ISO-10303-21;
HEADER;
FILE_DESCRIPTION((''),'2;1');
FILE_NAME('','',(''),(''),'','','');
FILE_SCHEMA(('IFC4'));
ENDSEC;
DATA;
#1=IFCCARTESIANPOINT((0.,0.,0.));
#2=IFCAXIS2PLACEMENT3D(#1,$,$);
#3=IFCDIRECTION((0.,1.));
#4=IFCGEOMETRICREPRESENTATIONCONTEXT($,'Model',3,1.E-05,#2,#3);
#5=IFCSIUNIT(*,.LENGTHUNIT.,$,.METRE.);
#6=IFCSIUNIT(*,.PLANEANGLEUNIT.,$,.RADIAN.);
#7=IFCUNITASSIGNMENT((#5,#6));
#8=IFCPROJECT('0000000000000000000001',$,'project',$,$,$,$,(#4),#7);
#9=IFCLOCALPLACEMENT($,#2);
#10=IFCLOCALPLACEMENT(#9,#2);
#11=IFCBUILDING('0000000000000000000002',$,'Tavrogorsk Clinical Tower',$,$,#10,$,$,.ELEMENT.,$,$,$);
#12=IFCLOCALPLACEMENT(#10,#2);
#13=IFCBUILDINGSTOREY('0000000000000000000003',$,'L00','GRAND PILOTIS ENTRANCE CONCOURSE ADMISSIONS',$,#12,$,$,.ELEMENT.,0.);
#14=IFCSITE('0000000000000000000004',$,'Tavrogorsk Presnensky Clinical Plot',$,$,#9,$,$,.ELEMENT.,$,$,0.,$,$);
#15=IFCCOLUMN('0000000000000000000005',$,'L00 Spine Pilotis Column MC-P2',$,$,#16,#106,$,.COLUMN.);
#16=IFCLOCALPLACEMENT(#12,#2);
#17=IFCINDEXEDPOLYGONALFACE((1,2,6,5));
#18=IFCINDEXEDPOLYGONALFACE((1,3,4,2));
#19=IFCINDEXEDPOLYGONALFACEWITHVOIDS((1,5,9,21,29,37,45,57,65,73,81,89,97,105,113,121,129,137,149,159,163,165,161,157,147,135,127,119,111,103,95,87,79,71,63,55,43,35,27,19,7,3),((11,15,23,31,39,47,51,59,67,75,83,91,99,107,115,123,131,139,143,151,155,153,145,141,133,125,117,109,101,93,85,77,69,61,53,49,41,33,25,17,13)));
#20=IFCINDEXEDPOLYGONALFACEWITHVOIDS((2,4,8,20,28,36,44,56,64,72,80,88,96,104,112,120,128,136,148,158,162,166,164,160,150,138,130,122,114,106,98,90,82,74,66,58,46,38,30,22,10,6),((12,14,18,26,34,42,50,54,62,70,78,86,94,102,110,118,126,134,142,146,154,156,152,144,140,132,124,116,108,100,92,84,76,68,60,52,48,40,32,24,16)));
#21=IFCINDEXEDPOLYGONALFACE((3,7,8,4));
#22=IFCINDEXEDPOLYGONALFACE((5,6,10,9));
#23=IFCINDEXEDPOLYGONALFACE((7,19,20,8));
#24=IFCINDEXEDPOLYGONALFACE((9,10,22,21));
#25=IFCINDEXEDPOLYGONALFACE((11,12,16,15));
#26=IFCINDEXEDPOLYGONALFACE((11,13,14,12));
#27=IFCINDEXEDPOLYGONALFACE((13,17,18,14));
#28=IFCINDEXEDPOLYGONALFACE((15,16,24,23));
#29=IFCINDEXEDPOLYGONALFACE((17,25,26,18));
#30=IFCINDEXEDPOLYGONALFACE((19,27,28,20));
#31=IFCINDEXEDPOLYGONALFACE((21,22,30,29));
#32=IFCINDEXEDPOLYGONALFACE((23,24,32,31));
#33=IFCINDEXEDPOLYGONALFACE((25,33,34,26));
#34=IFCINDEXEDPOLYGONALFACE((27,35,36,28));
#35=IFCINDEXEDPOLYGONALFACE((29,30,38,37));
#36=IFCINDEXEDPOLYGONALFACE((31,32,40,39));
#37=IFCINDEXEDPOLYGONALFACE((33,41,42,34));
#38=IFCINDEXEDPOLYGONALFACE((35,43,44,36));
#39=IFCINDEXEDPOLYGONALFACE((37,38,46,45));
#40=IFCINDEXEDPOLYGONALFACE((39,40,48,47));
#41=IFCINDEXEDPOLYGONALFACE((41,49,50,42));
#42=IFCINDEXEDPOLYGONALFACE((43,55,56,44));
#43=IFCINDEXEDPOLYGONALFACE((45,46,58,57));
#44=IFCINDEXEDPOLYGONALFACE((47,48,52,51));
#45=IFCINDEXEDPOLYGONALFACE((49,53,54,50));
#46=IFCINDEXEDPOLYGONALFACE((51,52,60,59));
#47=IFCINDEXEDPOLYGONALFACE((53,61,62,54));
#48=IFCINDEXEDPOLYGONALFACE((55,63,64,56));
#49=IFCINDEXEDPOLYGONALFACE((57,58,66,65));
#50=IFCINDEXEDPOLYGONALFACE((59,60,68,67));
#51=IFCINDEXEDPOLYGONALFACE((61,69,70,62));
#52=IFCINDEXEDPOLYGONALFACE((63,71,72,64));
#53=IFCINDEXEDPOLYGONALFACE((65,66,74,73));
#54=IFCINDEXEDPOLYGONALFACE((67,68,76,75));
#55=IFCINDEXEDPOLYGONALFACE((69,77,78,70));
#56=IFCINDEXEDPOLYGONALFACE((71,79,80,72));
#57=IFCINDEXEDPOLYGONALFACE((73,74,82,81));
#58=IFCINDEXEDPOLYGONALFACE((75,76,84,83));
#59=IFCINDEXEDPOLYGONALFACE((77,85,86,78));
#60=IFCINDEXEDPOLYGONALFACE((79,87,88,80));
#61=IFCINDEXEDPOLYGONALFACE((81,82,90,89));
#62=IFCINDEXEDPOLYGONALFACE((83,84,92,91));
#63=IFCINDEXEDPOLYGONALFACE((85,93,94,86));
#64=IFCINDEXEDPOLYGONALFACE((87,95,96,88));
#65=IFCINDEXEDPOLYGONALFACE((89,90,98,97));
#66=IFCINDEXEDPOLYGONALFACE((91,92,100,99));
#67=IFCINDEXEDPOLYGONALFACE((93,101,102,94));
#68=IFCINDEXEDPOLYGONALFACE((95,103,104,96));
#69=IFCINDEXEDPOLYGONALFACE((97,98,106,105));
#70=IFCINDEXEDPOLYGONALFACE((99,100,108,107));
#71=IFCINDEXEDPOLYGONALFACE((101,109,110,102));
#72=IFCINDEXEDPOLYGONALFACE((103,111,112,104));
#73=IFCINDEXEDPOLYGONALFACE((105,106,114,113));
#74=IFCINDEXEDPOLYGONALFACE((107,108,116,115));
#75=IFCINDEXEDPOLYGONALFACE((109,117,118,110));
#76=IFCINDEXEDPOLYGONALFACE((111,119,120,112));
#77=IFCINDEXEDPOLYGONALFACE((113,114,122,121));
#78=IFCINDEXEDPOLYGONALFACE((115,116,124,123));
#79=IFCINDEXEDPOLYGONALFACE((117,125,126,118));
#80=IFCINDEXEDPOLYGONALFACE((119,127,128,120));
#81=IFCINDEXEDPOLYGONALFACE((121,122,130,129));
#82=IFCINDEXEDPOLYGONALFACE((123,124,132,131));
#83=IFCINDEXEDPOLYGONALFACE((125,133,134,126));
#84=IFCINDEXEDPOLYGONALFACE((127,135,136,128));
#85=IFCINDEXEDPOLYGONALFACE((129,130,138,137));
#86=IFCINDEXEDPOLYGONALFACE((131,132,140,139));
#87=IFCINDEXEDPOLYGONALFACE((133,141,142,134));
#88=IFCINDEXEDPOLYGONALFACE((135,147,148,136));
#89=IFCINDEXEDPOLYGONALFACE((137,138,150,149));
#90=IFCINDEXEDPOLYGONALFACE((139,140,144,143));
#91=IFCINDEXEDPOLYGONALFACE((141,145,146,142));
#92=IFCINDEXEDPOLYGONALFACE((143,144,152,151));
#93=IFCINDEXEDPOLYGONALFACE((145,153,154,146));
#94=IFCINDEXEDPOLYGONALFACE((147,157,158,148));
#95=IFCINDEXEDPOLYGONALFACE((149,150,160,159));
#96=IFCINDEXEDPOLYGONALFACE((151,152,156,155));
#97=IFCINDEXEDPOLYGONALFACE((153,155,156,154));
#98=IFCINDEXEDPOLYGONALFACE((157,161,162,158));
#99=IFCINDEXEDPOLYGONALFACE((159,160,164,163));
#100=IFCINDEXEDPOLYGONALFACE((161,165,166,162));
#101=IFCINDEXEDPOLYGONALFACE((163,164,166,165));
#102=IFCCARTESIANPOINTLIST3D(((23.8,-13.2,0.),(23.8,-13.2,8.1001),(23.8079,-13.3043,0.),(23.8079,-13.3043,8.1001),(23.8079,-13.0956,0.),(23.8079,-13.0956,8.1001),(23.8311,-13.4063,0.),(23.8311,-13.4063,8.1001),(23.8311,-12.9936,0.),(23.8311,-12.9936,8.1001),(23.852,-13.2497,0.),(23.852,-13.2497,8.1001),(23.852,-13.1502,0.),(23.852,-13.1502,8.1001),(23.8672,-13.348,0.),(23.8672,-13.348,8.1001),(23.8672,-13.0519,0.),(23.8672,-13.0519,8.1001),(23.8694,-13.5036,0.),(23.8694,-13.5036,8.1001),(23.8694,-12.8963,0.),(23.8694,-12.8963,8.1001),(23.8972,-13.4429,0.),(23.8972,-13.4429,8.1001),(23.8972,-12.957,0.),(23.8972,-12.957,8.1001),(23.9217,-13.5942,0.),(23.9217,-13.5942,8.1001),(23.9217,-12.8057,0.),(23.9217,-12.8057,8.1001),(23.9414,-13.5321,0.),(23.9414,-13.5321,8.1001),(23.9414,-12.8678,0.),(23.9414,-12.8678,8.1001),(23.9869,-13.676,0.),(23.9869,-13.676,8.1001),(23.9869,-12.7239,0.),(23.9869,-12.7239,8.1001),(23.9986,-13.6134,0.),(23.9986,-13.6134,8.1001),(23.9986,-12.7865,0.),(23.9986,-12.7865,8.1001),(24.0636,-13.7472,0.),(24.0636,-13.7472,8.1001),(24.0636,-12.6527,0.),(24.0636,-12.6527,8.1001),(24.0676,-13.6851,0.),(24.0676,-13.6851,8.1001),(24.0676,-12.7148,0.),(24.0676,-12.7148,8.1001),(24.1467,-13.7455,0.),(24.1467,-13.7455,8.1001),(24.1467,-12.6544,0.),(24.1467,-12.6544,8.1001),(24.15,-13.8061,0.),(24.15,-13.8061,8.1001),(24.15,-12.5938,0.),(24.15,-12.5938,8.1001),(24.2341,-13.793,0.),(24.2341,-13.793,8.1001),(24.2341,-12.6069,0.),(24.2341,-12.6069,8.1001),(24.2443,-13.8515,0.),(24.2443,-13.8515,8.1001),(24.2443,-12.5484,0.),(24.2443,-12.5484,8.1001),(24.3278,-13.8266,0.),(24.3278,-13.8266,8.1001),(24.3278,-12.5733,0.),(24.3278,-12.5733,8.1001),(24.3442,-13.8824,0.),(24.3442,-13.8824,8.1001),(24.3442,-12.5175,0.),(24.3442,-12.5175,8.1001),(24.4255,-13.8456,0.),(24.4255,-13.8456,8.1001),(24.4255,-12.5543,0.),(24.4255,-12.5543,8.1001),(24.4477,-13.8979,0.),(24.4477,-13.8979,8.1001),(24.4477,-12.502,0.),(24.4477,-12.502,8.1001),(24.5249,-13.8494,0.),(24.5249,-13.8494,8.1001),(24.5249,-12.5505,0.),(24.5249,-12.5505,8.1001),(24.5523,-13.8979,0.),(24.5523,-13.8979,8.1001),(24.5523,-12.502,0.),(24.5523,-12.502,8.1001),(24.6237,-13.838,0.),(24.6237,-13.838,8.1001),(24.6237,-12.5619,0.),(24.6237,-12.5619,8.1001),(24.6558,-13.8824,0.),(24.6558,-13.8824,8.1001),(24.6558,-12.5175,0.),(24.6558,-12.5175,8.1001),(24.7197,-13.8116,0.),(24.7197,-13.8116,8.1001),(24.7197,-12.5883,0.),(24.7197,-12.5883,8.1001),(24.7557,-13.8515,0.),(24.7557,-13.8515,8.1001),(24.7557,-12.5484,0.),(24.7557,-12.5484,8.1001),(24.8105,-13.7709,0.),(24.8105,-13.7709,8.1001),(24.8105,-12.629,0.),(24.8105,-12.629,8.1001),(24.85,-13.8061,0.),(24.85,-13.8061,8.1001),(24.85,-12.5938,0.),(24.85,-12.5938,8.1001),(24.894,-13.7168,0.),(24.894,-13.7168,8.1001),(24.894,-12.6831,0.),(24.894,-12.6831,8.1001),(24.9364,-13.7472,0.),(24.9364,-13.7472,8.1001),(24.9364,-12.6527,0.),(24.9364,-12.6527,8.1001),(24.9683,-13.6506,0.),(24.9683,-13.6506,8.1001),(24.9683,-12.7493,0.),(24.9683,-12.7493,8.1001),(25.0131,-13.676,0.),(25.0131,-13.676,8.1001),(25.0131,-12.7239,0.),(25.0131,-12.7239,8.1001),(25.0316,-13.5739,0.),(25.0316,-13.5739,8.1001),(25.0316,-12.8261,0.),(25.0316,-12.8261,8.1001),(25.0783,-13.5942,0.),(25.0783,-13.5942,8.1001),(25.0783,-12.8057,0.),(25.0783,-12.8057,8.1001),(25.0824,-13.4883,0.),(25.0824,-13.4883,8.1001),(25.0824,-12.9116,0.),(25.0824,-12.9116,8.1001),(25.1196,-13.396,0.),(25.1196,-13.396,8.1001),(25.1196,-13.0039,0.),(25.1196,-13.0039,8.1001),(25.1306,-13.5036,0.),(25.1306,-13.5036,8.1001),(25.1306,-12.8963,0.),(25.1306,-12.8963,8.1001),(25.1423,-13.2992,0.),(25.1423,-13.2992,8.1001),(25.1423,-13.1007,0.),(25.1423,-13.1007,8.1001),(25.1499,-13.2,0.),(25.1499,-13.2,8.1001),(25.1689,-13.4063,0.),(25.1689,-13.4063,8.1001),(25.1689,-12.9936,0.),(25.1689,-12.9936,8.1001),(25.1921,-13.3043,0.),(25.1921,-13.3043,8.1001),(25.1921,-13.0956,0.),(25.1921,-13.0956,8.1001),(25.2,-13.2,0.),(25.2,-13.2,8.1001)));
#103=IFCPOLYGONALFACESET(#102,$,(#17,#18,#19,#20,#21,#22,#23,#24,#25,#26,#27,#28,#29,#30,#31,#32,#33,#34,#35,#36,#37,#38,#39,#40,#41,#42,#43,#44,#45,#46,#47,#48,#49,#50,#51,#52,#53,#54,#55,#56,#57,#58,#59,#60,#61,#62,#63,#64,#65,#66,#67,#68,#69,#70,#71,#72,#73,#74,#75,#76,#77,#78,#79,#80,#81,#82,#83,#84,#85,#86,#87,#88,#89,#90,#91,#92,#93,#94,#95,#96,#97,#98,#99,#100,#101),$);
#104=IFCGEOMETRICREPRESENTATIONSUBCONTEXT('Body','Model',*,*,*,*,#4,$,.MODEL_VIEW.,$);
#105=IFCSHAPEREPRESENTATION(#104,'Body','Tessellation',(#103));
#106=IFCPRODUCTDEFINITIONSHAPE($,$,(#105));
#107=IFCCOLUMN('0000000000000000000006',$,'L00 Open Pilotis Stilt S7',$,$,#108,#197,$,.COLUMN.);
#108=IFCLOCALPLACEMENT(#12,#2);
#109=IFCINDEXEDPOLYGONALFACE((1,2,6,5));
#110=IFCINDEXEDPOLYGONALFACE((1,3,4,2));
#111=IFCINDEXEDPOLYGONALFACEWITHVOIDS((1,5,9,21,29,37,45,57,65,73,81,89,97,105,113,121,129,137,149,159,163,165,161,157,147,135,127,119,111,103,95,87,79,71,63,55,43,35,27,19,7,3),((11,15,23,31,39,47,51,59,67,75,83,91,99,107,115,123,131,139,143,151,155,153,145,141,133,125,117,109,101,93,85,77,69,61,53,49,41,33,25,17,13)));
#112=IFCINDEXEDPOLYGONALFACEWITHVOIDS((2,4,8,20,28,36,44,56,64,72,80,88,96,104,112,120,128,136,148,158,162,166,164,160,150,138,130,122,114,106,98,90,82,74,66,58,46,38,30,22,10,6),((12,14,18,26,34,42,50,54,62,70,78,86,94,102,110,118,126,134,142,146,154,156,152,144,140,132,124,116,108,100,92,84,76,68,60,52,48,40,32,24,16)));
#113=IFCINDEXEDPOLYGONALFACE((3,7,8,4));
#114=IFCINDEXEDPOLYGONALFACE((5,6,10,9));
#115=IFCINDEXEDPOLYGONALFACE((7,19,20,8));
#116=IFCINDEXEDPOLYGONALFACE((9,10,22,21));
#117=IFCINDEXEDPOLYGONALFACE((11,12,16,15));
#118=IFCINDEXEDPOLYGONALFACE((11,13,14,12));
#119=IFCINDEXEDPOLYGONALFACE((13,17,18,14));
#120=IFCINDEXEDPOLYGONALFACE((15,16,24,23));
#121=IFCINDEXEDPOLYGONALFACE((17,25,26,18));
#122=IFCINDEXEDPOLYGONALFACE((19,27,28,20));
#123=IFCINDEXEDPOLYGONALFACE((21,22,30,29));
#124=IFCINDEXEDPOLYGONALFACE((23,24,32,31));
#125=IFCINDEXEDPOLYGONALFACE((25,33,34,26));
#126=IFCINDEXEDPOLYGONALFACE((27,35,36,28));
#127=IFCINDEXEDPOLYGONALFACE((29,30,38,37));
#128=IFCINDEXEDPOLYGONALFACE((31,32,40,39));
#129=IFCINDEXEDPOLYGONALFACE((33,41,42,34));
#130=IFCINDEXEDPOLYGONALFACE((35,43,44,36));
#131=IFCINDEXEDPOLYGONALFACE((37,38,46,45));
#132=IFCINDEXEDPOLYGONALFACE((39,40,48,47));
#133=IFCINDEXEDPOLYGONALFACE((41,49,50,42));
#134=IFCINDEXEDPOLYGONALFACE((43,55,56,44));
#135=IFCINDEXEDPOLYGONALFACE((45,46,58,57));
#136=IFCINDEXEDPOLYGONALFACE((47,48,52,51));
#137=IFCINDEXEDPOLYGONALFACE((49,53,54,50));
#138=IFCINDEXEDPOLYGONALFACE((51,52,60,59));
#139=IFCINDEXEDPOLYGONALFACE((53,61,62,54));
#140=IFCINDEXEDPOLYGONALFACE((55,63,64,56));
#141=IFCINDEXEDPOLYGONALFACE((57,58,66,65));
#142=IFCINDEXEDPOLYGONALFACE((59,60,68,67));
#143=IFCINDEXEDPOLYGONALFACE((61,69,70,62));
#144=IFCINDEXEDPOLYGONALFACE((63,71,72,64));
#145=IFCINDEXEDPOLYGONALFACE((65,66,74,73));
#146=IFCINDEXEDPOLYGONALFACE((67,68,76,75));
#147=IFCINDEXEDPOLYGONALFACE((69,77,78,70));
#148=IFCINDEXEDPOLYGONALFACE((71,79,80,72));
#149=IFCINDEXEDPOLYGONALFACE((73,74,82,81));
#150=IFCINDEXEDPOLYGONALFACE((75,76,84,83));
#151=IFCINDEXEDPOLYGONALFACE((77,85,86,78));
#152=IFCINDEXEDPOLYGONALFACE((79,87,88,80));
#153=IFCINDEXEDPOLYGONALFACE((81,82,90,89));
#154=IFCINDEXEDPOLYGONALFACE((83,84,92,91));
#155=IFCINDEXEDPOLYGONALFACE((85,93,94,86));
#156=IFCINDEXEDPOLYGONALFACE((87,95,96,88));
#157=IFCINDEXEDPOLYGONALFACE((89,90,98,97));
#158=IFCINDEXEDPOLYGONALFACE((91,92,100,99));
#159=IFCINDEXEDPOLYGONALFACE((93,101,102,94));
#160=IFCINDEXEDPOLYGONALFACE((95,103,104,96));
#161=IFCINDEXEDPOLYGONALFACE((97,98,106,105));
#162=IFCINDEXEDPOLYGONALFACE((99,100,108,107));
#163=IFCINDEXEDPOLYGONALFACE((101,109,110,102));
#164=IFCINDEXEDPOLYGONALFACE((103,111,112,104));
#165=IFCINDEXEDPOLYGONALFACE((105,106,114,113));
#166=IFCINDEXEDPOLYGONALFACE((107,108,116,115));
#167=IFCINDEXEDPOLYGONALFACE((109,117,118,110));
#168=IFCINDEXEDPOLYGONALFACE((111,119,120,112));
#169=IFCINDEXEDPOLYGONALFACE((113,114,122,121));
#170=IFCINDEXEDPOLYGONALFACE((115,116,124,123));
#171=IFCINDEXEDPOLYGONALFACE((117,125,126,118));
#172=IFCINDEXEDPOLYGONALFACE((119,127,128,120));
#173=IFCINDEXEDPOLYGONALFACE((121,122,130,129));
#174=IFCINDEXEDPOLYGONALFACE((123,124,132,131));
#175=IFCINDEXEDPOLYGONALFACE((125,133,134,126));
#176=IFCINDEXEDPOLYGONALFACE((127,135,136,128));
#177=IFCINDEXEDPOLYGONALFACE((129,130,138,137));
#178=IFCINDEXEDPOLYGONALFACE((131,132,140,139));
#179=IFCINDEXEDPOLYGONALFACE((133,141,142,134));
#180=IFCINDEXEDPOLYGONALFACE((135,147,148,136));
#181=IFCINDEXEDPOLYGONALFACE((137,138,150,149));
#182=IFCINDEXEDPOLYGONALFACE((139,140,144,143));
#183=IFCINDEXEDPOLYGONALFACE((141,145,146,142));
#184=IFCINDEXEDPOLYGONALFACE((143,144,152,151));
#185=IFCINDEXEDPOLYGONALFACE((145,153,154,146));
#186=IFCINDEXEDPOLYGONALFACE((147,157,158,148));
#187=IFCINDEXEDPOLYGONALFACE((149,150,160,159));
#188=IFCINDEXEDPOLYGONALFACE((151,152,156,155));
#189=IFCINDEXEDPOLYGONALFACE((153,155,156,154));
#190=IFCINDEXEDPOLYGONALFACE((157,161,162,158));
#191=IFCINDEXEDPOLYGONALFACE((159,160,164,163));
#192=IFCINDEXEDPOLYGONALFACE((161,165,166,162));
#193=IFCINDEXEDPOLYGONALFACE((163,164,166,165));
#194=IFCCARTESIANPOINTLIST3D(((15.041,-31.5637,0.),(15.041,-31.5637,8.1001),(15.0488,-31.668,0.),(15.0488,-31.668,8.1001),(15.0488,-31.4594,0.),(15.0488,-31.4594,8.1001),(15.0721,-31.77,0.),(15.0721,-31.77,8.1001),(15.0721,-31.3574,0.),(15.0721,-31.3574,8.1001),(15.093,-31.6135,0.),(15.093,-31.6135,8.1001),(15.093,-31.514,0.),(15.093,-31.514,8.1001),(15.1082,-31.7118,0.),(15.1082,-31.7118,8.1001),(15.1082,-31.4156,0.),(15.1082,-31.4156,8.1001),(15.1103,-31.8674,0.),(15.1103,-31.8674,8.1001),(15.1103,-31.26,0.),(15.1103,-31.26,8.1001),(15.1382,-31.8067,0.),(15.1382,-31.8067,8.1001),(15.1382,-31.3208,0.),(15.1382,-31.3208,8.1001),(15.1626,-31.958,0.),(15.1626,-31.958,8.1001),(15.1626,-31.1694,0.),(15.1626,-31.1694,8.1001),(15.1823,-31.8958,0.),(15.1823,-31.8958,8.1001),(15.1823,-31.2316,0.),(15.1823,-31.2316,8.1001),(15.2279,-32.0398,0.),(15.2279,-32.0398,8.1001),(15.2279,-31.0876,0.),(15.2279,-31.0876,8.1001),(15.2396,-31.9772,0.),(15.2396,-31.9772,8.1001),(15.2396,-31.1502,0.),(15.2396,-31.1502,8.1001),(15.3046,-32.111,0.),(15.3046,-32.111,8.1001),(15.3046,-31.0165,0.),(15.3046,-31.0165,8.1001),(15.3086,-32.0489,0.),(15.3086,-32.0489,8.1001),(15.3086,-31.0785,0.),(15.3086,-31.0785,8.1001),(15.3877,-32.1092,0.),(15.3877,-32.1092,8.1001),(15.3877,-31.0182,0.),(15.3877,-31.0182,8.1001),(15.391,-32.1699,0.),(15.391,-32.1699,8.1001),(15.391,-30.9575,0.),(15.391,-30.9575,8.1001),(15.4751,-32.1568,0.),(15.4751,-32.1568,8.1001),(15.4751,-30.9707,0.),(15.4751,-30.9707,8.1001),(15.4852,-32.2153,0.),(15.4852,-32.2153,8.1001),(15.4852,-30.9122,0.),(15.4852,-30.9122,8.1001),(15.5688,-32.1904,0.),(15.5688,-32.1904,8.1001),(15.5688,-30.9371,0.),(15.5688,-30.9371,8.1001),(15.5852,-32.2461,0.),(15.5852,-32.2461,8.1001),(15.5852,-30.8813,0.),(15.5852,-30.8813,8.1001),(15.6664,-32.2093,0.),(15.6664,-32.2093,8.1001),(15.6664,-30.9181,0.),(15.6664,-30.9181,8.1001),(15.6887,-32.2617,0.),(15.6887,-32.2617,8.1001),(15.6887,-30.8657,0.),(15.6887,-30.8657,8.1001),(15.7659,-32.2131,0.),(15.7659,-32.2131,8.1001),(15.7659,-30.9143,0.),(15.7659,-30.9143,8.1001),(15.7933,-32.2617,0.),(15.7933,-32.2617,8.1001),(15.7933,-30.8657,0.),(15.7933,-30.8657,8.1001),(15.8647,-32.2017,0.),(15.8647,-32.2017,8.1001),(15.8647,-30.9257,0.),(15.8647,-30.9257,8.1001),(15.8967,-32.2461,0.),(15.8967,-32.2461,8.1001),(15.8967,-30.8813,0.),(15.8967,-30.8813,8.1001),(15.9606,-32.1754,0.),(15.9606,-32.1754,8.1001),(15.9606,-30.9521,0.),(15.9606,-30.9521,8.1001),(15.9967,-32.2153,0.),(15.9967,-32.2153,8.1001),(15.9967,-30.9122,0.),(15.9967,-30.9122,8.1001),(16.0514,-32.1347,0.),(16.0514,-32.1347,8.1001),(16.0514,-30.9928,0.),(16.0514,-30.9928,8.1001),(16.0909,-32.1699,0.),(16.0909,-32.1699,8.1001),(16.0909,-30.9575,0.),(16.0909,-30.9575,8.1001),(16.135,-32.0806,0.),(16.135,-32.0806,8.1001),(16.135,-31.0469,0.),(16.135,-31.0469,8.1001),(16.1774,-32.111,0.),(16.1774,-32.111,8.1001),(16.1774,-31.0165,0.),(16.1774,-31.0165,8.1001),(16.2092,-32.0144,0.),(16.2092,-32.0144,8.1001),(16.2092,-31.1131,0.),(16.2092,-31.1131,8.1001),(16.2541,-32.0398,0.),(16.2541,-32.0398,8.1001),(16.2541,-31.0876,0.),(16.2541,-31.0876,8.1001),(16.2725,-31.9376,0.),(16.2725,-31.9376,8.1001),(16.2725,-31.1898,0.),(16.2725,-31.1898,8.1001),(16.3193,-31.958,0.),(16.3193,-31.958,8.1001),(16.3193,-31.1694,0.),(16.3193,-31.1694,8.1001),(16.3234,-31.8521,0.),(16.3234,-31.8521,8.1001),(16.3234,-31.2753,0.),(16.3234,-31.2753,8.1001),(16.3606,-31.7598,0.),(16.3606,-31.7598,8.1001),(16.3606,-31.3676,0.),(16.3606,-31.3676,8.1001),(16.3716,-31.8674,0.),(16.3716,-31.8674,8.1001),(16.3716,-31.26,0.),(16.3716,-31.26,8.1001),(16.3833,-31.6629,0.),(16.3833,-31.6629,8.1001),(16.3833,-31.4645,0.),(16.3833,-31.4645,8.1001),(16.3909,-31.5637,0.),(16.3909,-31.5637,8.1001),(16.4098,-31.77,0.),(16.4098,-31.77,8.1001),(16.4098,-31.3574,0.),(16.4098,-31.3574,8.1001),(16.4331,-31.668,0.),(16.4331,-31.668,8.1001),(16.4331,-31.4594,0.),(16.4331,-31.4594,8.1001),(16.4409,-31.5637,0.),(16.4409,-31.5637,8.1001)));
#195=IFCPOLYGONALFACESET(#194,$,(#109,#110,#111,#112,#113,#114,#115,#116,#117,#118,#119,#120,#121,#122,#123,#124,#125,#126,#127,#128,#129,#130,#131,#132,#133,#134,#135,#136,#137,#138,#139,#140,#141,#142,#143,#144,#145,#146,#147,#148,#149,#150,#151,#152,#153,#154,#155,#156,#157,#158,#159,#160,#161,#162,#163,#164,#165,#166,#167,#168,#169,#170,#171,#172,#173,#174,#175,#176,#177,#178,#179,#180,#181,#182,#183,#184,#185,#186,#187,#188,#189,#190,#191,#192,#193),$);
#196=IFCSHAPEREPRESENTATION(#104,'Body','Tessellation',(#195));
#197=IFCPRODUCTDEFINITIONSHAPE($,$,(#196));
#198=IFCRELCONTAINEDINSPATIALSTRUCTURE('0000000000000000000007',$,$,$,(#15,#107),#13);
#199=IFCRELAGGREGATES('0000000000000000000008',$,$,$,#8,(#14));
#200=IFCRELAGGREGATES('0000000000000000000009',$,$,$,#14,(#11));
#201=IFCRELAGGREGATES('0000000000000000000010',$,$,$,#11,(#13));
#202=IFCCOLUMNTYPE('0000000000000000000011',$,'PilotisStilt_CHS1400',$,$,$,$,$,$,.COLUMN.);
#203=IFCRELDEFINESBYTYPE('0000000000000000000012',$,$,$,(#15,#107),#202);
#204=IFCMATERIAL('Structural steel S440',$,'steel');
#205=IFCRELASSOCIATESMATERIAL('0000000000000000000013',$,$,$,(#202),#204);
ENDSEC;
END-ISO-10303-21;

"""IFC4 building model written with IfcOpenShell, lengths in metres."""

from ifc_helpers import new_model, si_unit, direction, frame, origin, origin_2d, place, context, subcontext, project, spatial, hollow_circle, extrude, material, material_profile, profile_set, type_object, element, save


model = new_model("IFC4")

# Units and contexts
model_context = context("Model", 3, precision=1e-05, world=origin(), true_north=direction((0.0, 1.0)))
body_context = subcontext(model_context, "Body", "Model", "MODEL_VIEW")
ifc_project = project(units=[si_unit("LENGTHUNIT", "METRE"), si_unit("PLANEANGLEUNIT", "RADIAN")], contexts=[model_context])

# Site, building, storey
site_placement = place(None, origin())
site = spatial("IfcSite", under=ifc_project, at=site_placement, Name="Tavrogorsk Presnensky Clinical Plot", CompositionType="ELEMENT", RefElevation=0.0)
building_placement = place(site_placement, origin())
building = spatial("IfcBuilding", under=site, at=building_placement, Name="Tavrogorsk Clinical Tower", CompositionType="ELEMENT")
storey_placement = place(building_placement, origin())
storey = spatial("IfcBuildingStorey", under=building, at=storey_placement, Name="L00", Description="GRAND PILOTIS ENTRANCE CONCOURSE ADMISSIONS", CompositionType="ELEMENT", Elevation=0.0)

# Columns
ifc_material_1 = material(Name="Structural steel S440", Category="steel")
ifc_material_profile_1 = material_profile(ifc_material_1, hollow_circle(Radius=0.7, WallThickness=0.05, at=origin_2d()), Name="CHS-1400x50")
ifc_profile_set_1 = profile_set([ifc_material_profile_1], Name="Structural steel S440")
column_type_1 = type_object("IfcColumnType", Name="PilotisStilt_CHS1400", PredefinedType="COLUMN", material=ifc_profile_set_1)
for number, where, z_axis, x_axis, name in (
    (1, (24.5, -13.2, 0.0), (0.0, 0.0, 1.0), (1.0, 0.0, 0.0), "L00 Spine Pilotis Column MC-P2"),
    (2, (15.741, -31.5637, 0.0), (0.0, 0.0, 1.0), (1.0, 0.0, 0.0), "L00 Open Pilotis Stilt S7"),
):
    element("IfcColumn", number, at=place(storey_placement, frame(where, z_axis=z_axis, x_axis=x_axis)), inside=storey, type_object=column_type_1, Name=name, PredefinedType="COLUMN", context=body_context, shape_type="SweptSolid", body=[
        extrude(hollow_circle(Radius=0.7, WallThickness=0.05, at=origin_2d()), origin(), (0.0, 0.0, 1.0), 8.1001),
    ])

save(model, "model.ifc")
